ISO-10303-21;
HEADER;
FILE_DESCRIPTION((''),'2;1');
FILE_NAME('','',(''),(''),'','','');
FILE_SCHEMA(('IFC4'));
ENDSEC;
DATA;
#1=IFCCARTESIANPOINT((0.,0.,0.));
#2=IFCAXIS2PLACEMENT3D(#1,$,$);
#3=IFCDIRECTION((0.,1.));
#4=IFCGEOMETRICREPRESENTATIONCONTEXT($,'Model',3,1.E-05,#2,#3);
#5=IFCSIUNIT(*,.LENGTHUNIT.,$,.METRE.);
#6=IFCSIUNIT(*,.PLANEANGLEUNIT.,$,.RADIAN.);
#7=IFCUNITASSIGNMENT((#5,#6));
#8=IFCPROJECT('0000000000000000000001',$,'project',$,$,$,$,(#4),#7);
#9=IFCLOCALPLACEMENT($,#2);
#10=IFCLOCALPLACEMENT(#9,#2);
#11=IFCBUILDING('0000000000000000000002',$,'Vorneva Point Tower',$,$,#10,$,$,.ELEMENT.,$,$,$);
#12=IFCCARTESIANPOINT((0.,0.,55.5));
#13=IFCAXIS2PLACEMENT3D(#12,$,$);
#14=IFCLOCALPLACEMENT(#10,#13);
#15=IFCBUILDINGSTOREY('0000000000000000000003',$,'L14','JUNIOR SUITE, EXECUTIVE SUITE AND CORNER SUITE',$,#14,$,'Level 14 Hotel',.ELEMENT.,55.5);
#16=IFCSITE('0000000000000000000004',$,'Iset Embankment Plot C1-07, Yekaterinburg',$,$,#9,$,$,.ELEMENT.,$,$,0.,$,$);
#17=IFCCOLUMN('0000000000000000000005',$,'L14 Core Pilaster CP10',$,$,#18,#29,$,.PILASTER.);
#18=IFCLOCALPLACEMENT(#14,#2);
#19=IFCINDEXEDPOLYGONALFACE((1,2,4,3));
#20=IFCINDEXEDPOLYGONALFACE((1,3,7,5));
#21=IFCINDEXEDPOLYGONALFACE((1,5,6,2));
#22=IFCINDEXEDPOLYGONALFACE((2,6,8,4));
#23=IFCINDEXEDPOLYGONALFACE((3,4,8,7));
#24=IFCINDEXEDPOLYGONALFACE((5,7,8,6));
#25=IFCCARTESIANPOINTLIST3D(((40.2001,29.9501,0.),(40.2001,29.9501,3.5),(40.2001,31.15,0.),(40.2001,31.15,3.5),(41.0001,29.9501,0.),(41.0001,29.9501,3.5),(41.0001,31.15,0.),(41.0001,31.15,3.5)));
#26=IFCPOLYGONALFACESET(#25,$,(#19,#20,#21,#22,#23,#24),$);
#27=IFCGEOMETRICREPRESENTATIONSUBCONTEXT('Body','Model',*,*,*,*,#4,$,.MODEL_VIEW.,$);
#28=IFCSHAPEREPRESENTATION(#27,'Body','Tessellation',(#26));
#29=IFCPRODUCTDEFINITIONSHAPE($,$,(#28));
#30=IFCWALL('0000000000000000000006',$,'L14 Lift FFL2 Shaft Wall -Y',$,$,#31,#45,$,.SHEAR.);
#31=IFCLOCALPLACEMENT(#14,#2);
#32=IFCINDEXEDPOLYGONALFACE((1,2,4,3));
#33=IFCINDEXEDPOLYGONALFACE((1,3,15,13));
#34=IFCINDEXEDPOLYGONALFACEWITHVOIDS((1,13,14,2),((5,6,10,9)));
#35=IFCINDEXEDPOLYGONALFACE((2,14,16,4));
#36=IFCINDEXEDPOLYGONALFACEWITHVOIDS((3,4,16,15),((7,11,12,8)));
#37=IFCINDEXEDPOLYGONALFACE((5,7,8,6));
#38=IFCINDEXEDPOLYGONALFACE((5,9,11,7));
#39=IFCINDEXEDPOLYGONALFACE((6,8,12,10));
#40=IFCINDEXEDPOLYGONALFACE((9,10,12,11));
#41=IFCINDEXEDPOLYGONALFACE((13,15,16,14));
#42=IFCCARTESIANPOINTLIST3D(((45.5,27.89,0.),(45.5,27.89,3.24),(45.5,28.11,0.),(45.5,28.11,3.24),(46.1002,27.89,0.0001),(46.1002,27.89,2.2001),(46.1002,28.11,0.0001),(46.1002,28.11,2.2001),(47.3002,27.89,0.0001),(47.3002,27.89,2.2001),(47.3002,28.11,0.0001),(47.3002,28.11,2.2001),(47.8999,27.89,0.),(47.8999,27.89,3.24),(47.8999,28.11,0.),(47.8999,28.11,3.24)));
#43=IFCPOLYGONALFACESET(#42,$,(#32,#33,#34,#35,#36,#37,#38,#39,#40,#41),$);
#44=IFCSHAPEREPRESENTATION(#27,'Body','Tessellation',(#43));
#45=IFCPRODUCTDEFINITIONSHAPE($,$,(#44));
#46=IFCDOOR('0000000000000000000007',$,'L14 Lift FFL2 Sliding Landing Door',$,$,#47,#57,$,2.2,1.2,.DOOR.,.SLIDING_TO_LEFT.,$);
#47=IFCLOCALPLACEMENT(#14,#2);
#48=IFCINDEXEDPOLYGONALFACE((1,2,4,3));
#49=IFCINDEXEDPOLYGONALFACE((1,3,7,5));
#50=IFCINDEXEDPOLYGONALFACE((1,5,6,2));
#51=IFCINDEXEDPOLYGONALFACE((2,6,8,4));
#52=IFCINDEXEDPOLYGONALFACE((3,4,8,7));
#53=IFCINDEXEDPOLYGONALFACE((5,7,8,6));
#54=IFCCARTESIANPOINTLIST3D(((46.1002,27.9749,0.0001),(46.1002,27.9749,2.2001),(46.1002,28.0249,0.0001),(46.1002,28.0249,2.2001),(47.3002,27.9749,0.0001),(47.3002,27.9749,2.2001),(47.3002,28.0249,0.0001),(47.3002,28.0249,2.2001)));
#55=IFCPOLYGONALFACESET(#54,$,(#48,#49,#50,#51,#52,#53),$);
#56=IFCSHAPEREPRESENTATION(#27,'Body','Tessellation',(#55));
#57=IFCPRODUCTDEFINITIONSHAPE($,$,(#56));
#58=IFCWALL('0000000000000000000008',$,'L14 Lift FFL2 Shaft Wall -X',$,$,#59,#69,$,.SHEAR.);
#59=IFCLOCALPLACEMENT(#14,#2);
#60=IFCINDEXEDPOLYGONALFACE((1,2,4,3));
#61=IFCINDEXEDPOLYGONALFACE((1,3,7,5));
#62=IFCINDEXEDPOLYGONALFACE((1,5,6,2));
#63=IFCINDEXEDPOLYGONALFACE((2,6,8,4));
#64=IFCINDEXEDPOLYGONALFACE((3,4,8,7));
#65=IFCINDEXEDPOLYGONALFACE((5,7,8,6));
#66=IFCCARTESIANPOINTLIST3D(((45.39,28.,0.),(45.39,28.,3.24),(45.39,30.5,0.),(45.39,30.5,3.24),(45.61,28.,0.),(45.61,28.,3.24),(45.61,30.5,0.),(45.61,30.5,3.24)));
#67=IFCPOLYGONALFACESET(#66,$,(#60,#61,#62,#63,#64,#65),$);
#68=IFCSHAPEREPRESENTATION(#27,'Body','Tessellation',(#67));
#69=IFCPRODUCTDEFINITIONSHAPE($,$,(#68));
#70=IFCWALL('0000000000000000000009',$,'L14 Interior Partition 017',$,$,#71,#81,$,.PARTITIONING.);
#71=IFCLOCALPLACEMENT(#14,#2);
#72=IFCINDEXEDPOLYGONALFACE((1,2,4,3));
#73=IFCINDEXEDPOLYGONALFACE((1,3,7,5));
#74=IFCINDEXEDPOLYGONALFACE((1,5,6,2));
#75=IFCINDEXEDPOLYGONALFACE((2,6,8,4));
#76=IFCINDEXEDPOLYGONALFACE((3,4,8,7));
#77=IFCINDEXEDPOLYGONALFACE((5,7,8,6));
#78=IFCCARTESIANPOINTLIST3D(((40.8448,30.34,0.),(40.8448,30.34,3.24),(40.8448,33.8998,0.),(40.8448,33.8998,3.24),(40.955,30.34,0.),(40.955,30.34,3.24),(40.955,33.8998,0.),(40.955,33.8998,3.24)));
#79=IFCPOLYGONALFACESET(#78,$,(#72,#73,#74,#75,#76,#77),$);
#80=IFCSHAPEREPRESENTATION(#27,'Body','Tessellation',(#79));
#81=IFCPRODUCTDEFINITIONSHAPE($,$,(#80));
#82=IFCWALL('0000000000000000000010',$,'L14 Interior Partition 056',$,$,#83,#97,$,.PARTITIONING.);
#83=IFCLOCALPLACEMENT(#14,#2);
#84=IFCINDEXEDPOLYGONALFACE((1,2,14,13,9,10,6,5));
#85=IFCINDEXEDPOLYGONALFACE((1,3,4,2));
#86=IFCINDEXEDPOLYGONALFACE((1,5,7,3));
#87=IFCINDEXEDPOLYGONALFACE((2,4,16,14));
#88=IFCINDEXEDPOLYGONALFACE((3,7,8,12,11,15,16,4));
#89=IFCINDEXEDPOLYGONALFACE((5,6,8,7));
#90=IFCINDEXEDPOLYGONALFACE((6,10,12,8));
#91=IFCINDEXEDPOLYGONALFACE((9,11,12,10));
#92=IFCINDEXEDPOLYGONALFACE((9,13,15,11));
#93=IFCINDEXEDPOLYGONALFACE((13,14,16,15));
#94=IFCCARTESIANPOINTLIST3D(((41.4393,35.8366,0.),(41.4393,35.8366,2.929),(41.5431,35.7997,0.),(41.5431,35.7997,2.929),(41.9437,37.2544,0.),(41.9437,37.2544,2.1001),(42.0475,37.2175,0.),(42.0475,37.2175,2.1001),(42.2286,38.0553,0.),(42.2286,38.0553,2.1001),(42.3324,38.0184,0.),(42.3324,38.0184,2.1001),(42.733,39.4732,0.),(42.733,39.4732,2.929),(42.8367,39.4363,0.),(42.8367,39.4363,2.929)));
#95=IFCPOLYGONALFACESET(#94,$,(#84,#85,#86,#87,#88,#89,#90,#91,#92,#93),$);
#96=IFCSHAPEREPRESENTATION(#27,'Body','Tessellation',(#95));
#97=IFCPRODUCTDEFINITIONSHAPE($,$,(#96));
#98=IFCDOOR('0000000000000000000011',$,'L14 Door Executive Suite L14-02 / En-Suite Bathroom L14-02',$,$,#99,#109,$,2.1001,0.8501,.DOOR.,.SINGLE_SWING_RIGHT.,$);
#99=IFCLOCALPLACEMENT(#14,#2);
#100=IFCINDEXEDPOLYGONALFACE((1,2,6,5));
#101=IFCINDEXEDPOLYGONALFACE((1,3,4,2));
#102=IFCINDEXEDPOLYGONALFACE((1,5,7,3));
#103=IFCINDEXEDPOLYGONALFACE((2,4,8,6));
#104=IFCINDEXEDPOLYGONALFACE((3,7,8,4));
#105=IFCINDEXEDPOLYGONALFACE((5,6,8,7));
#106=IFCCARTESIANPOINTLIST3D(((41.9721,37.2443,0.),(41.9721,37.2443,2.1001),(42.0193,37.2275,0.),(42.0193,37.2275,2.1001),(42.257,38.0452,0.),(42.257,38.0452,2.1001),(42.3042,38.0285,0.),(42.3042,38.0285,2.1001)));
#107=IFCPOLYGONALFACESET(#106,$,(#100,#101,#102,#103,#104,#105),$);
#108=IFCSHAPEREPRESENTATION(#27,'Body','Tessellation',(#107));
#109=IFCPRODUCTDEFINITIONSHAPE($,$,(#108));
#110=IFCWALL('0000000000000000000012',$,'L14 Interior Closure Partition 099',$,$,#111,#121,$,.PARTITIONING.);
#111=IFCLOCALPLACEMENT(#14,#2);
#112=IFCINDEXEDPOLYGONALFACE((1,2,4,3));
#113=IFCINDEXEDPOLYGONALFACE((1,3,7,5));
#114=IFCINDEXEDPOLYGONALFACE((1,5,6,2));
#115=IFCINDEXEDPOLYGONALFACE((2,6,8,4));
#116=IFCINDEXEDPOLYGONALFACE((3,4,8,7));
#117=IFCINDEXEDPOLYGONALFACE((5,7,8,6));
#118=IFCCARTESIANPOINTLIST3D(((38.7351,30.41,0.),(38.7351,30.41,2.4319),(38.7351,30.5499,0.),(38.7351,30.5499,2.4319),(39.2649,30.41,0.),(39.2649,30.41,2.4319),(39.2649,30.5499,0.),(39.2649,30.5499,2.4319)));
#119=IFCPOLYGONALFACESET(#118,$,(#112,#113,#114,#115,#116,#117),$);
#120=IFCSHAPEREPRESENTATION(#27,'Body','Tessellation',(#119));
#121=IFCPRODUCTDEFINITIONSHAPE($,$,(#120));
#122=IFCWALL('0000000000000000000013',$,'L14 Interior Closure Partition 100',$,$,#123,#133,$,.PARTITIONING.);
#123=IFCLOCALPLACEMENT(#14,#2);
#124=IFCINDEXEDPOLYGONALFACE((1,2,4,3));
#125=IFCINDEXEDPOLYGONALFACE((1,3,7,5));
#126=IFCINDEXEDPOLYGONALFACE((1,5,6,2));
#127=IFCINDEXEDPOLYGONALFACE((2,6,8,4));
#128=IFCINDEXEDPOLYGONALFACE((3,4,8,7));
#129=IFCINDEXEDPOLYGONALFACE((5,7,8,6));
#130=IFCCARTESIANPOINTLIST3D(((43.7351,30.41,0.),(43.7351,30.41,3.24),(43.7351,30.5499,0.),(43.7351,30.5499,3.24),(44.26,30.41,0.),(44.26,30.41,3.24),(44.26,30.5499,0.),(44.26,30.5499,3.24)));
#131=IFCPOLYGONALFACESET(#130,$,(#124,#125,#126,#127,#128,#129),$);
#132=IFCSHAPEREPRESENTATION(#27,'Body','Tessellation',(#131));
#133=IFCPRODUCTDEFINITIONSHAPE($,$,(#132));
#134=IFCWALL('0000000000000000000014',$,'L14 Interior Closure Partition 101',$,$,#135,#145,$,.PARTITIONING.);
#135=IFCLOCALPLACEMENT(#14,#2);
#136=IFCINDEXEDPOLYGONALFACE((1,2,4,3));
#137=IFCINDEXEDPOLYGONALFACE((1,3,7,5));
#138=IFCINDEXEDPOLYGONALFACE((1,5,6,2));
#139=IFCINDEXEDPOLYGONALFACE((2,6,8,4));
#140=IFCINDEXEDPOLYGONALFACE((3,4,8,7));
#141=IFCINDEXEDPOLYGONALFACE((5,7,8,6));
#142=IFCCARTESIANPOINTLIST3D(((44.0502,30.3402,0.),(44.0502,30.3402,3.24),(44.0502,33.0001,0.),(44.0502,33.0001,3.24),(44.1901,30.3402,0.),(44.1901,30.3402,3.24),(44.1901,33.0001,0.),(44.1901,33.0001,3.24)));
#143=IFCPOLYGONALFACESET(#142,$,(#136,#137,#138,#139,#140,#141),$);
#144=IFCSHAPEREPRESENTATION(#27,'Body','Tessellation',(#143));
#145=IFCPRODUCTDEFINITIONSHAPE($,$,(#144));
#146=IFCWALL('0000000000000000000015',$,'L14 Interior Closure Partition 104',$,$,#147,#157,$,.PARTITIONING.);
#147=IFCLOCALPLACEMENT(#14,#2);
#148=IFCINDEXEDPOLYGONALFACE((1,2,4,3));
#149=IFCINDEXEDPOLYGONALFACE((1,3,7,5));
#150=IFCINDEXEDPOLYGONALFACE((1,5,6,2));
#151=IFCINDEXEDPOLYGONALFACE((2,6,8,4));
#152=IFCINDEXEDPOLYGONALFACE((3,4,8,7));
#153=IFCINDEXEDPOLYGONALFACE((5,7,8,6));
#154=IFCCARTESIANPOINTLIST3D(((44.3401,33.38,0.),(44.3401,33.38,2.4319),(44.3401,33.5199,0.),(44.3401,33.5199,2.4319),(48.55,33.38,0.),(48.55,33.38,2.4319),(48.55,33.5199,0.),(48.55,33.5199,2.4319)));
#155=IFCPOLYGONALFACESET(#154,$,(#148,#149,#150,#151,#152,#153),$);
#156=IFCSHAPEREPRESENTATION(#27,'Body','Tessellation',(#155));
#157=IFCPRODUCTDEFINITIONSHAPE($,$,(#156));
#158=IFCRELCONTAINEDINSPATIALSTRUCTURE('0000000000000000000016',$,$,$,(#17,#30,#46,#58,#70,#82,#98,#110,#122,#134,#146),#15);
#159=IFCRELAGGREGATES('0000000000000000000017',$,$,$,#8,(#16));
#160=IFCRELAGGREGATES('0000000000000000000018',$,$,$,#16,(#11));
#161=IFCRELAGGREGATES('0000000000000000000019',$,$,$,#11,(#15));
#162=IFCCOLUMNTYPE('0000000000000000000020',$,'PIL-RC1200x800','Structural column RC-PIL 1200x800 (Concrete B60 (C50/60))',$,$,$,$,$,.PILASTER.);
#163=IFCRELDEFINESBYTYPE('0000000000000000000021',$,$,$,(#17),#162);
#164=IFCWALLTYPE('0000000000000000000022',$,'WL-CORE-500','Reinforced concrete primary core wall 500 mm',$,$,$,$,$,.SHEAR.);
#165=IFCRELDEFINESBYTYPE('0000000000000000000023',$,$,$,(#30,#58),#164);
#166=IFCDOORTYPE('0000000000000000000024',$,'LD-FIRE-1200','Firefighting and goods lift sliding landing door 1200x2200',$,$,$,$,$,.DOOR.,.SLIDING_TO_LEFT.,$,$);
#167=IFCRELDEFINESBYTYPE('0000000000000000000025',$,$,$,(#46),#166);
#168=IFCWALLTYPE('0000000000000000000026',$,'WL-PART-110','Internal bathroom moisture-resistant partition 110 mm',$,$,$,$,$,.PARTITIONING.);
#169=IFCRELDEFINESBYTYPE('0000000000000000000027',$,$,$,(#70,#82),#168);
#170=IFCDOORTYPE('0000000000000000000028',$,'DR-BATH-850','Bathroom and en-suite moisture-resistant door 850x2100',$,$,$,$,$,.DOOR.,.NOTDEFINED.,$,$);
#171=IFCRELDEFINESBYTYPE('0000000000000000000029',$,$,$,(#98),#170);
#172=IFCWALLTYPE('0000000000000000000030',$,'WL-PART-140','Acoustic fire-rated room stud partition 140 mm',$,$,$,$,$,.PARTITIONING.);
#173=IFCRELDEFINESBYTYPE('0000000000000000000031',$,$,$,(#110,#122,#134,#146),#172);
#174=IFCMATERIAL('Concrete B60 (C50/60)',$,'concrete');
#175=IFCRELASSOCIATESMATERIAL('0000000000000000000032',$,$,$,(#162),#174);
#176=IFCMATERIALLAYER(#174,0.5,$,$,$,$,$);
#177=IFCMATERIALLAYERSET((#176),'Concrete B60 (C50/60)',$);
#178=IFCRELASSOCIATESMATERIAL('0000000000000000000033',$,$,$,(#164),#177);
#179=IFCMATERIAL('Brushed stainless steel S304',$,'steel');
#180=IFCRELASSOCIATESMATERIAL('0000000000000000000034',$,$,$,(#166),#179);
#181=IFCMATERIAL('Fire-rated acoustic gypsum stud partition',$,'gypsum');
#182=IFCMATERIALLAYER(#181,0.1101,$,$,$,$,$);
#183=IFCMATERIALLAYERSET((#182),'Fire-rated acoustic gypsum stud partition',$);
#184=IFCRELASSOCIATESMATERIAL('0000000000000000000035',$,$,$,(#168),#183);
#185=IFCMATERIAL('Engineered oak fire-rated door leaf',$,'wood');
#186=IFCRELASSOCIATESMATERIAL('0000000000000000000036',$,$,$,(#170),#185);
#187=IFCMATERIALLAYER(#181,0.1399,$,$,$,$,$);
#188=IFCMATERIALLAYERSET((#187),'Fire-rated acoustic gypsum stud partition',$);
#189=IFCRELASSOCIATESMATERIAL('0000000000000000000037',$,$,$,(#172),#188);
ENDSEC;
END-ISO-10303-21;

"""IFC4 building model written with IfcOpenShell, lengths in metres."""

from ifc_helpers import new_model, si_unit, direction, frame, frame_2d, origin, origin_2d, place, context, subcontext, project, spatial, rectangle, extrude, material, layer, layer_set, material_profile, profile_set, type_object, element, fill, save


model = new_model("IFC4")

# Units and contexts
model_context = context("Model", 3, precision=1e-05, world=origin(), true_north=direction((0.0, 1.0)))
body_context = subcontext(model_context, "Body", "Model", "MODEL_VIEW")
ifc_project = project(units=[si_unit("LENGTHUNIT", "METRE"), si_unit("PLANEANGLEUNIT", "RADIAN")], contexts=[model_context])

# Site, building, storey
site_placement = place(None, origin())
site = spatial("IfcSite", under=ifc_project, at=site_placement, Name="Iset Embankment Plot C1-07, Yekaterinburg", CompositionType="ELEMENT", RefElevation=0.0)
building_placement = place(site_placement, origin())
building = spatial("IfcBuilding", under=site, at=building_placement, Name="Vorneva Point Tower", CompositionType="ELEMENT")
storey_placement = place(building_placement, frame((0.0, 0.0, 55.5)))
storey = spatial("IfcBuildingStorey", under=building, at=storey_placement, Name="L14", Description="JUNIOR SUITE, EXECUTIVE SUITE AND CORNER SUITE", LongName="Level 14 Hotel", CompositionType="ELEMENT", Elevation=55.5)

# Column
ifc_material_1 = material(Name="Concrete B60 (C50/60)", Category="concrete")
ifc_material_profile = material_profile(ifc_material_1, rectangle(XDim=0.8, YDim=1.2, at=origin_2d()), Name="RC-PIL 1200x800")
ifc_profile_set = profile_set([ifc_material_profile], Name="Concrete B60 (C50/60)")
column_type = type_object("IfcColumnType", Name="PIL-RC1200x800", Description="Structural column RC-PIL 1200x800 (Concrete B60 (C50/60))", PredefinedType="PILASTER", material=ifc_profile_set)
column_placement = place(storey_placement, frame((40.6001, 30.55, 0.0), z_axis=(0.0, 0.0, 1.0), x_axis=(1.0, 0.0, 0.0)))
element("IfcColumn", 1, at=column_placement, inside=storey, type_object=column_type, Name="L14 Core Pilaster CP10", PredefinedType="PILASTER", context=body_context, shape_type="SweptSolid", body=[
    extrude(rectangle(XDim=0.8, YDim=1.2, at=origin_2d()), origin(), (0.0, 0.0, 1.0), 3.5),
])

# Wall, opening, door
ifc_layer_1 = layer(ifc_material_1, 0.5)
ifc_layer_set_1 = layer_set([ifc_layer_1], Name="Concrete B60 (C50/60)")
wall_type_1 = type_object("IfcWallType", Name="WL-CORE-500", Description="Reinforced concrete primary core wall 500 mm", PredefinedType="SHEAR", material=ifc_layer_set_1)
wall_1_placement = place(storey_placement, frame((45.5, 28.0, 0.0), z_axis=(0.0, 0.0, 1.0), x_axis=(1.0, 0.0, 0.0)))
wall_1 = element("IfcWall", 2, at=wall_1_placement, inside=storey, type_object=wall_type_1, Name="L14 Lift FFL2 Shaft Wall -Y", PredefinedType="SHEAR", context=body_context, shape_type="SweptSolid", body=[
    extrude(rectangle(XDim=2.3999, YDim=0.22, at=frame_2d((1.2, 0.0))), origin(), (0.0, 0.0, 1.0), 3.24),
])
opening_1_placement = place(wall_1_placement, frame((0.6001, 0.0, 0.0)))
opening_1 = element("IfcOpeningElement", 3, at=opening_1_placement, cuts=wall_1, PredefinedType="OPENING", context=body_context, shape_type="SweptSolid", body=[
    extrude(rectangle(XDim=1.2, YDim=2.2, at=frame_2d((0.6001, 1.1001))), frame((0.0, 0.125, 0.0), z_axis=(0.0, -1.0, 0.0), x_axis=(1.0, 0.0, 0.0)), (0.0, 0.0, 1.0), 0.2498),
])
ifc_material_2 = material(Name="Brushed stainless steel S304", Category="steel")
door_type_1 = type_object("IfcDoorType", Name="LD-FIRE-1200", Description="Firefighting and goods lift sliding landing door 1200x2200", OperationType="SLIDING_TO_LEFT", PredefinedType="DOOR", material=ifc_material_2)
door_1_placement = place(opening_1_placement, origin())
door_1 = element("IfcDoor", 4, at=door_1_placement, inside=storey, type_object=door_type_1, Name="L14 Lift FFL2 Sliding Landing Door", OperationType="SLIDING_TO_LEFT", OverallHeight=2.2, OverallWidth=1.2, PredefinedType="DOOR", context=body_context, shape_type="SweptSolid", body=[
    extrude(rectangle(XDim=1.2, YDim=2.2, at=frame_2d((0.6001, 1.1001))), frame((0.0, 0.0249, 0.0), z_axis=(0.0, -1.0, 0.0), x_axis=(1.0, 0.0, 0.0)), (0.0, 0.0, 1.0), 0.05),
])
fill(opening_1, door_1)

# Walls
wall_2_placement = place(storey_placement, frame((45.5, 30.5, 0.0), z_axis=(0.0, 0.0, 1.0), x_axis=(0.0, -1.0, 0.0)))
element("IfcWall", 5, at=wall_2_placement, inside=storey, type_object=wall_type_1, Name="L14 Lift FFL2 Shaft Wall -X", PredefinedType="SHEAR", context=body_context, shape_type="SweptSolid", body=[
    extrude(rectangle(XDim=2.5, YDim=0.22, at=frame_2d((1.25, 0.0))), origin(), (0.0, 0.0, 1.0), 3.24),
])
ifc_material_3 = material(Name="Fire-rated acoustic gypsum stud partition", Category="gypsum")
ifc_layer_2 = layer(ifc_material_3, 0.1101)
ifc_layer_set_2 = layer_set([ifc_layer_2], Name="Fire-rated acoustic gypsum stud partition")
wall_type_2 = type_object("IfcWallType", Name="WL-PART-110", Description="Internal bathroom moisture-resistant partition 110 mm", PredefinedType="PARTITIONING", material=ifc_layer_set_2)
wall_3_placement = place(storey_placement, frame((40.8999, 30.3401, 0.0), z_axis=(0.0, 0.0, 1.0), x_axis=(0.0, 1.0, 0.0)))
element("IfcWall", 6, at=wall_3_placement, inside=storey, type_object=wall_type_2, Name="L14 Interior Partition 017", PredefinedType="PARTITIONING", context=body_context, shape_type="SweptSolid", body=[
    extrude(rectangle(XDim=3.5598, YDim=0.1101, at=frame_2d((1.7798, 0.0))), origin(), (0.0, 0.0, 1.0), 3.24),
])

# Wall, opening, door
wall_4_placement = place(storey_placement, frame((41.4912, 35.8181, 0.0), z_axis=(0.0, 0.0, 1.0), x_axis=(0.335158, 0.942162, 0.0)))
wall_4 = element("IfcWall", 7, at=wall_4_placement, inside=storey, type_object=wall_type_2, Name="L14 Interior Partition 056", PredefinedType="PARTITIONING", context=body_context, shape_type="SweptSolid", body=[
    extrude(rectangle(XDim=3.8599, YDim=0.1101, at=frame_2d((1.9299, 0.0))), origin(), (0.0, 0.0, 1.0), 2.929),
])
opening_2_placement = place(wall_4_placement, frame((1.5049, 0.0, 0.0)))
opening_2 = element("IfcOpeningElement", 8, at=opening_2_placement, cuts=wall_4, PredefinedType="OPENING", context=body_context, shape_type="SweptSolid", body=[
    extrude(rectangle(XDim=0.8501, YDim=2.1001, at=frame_2d((0.425, 1.05))), frame((0.0, 0.0698, 0.0), z_axis=(0.0, -1.0, 0.0), x_axis=(1.0, 0.0, 0.0)), (0.0, 0.0, 1.0), 0.1399),
])
ifc_material_4 = material(Name="Engineered oak fire-rated door leaf", Category="wood")
door_type_2 = type_object("IfcDoorType", Name="DR-BATH-850", Description="Bathroom and en-suite moisture-resistant door 850x2100", OperationType="NOTDEFINED", PredefinedType="DOOR", material=ifc_material_4)
door_2_placement = place(opening_2_placement, origin())
door_2 = element("IfcDoor", 9, at=door_2_placement, inside=storey, type_object=door_type_2, Name="L14 Door Executive Suite L14-02 / En-Suite Bathroom L14-02", OperationType="SINGLE_SWING_RIGHT", OverallHeight=2.1001, OverallWidth=0.8501, PredefinedType="DOOR", context=body_context, shape_type="SweptSolid", body=[
    extrude(rectangle(XDim=0.8501, YDim=2.1001, at=frame_2d((0.425, 1.05))), frame((0.0, 0.0249, 0.0), z_axis=(0.0, -1.0, 0.0), x_axis=(1.0, 0.0, 0.0)), (0.0, 0.0, 1.0), 0.05),
])
fill(opening_2, door_2)

# Walls
ifc_layer_3 = layer(ifc_material_3, 0.1399)
ifc_layer_set_3 = layer_set([ifc_layer_3], Name="Fire-rated acoustic gypsum stud partition")
wall_type_3 = type_object("IfcWallType", Name="WL-PART-140", Description="Acoustic fire-rated room stud partition 140 mm", PredefinedType="PARTITIONING", material=ifc_layer_set_3)
wall_5_placement = place(storey_placement, frame((38.7351, 30.48, 0.0), z_axis=(0.0, 0.0, 1.0), x_axis=(1.0, 0.0, 0.0)))
element("IfcWall", 10, at=wall_5_placement, inside=storey, type_object=wall_type_3, Name="L14 Interior Closure Partition 099", PredefinedType="PARTITIONING", context=body_context, shape_type="SweptSolid", body=[
    extrude(rectangle(XDim=0.5298, YDim=0.1399, at=frame_2d((0.2649, 0.0))), origin(), (0.0, 0.0, 1.0), 2.4319),
])
wall_6_placement = place(storey_placement, frame((43.7351, 30.48, 0.0), z_axis=(0.0, 0.0, 1.0), x_axis=(1.0, 0.0, 0.0)))
element("IfcWall", 11, at=wall_6_placement, inside=storey, type_object=wall_type_3, Name="L14 Interior Closure Partition 100", PredefinedType="PARTITIONING", context=body_context, shape_type="SweptSolid", body=[
    extrude(rectangle(XDim=0.5249, YDim=0.1399, at=frame_2d((0.2625, 0.0))), origin(), (0.0, 0.0, 1.0), 3.24),
])
wall_7_placement = place(storey_placement, frame((44.1201, 30.3401, 0.0), z_axis=(0.0, 0.0, 1.0), x_axis=(0.0, 1.0, 0.0)))
element("IfcWall", 12, at=wall_7_placement, inside=storey, type_object=wall_type_3, Name="L14 Interior Closure Partition 101", PredefinedType="PARTITIONING", context=body_context, shape_type="SweptSolid", body=[
    extrude(rectangle(XDim=2.6599, YDim=0.1399, at=frame_2d((1.3301, 0.0))), origin(), (0.0, 0.0, 1.0), 3.24),
])
wall_8_placement = place(storey_placement, frame((44.3401, 33.45, 0.0), z_axis=(0.0, 0.0, 1.0), x_axis=(1.0, 0.0, 0.0)))
element("IfcWall", 13, at=wall_8_placement, inside=storey, type_object=wall_type_3, Name="L14 Interior Closure Partition 104", PredefinedType="PARTITIONING", context=body_context, shape_type="SweptSolid", body=[
    extrude(rectangle(XDim=4.21, YDim=0.1399, at=frame_2d((2.105, 0.0))), origin(), (0.0, 0.0, 1.0), 2.4319),
])

save(model, "model.ifc")
